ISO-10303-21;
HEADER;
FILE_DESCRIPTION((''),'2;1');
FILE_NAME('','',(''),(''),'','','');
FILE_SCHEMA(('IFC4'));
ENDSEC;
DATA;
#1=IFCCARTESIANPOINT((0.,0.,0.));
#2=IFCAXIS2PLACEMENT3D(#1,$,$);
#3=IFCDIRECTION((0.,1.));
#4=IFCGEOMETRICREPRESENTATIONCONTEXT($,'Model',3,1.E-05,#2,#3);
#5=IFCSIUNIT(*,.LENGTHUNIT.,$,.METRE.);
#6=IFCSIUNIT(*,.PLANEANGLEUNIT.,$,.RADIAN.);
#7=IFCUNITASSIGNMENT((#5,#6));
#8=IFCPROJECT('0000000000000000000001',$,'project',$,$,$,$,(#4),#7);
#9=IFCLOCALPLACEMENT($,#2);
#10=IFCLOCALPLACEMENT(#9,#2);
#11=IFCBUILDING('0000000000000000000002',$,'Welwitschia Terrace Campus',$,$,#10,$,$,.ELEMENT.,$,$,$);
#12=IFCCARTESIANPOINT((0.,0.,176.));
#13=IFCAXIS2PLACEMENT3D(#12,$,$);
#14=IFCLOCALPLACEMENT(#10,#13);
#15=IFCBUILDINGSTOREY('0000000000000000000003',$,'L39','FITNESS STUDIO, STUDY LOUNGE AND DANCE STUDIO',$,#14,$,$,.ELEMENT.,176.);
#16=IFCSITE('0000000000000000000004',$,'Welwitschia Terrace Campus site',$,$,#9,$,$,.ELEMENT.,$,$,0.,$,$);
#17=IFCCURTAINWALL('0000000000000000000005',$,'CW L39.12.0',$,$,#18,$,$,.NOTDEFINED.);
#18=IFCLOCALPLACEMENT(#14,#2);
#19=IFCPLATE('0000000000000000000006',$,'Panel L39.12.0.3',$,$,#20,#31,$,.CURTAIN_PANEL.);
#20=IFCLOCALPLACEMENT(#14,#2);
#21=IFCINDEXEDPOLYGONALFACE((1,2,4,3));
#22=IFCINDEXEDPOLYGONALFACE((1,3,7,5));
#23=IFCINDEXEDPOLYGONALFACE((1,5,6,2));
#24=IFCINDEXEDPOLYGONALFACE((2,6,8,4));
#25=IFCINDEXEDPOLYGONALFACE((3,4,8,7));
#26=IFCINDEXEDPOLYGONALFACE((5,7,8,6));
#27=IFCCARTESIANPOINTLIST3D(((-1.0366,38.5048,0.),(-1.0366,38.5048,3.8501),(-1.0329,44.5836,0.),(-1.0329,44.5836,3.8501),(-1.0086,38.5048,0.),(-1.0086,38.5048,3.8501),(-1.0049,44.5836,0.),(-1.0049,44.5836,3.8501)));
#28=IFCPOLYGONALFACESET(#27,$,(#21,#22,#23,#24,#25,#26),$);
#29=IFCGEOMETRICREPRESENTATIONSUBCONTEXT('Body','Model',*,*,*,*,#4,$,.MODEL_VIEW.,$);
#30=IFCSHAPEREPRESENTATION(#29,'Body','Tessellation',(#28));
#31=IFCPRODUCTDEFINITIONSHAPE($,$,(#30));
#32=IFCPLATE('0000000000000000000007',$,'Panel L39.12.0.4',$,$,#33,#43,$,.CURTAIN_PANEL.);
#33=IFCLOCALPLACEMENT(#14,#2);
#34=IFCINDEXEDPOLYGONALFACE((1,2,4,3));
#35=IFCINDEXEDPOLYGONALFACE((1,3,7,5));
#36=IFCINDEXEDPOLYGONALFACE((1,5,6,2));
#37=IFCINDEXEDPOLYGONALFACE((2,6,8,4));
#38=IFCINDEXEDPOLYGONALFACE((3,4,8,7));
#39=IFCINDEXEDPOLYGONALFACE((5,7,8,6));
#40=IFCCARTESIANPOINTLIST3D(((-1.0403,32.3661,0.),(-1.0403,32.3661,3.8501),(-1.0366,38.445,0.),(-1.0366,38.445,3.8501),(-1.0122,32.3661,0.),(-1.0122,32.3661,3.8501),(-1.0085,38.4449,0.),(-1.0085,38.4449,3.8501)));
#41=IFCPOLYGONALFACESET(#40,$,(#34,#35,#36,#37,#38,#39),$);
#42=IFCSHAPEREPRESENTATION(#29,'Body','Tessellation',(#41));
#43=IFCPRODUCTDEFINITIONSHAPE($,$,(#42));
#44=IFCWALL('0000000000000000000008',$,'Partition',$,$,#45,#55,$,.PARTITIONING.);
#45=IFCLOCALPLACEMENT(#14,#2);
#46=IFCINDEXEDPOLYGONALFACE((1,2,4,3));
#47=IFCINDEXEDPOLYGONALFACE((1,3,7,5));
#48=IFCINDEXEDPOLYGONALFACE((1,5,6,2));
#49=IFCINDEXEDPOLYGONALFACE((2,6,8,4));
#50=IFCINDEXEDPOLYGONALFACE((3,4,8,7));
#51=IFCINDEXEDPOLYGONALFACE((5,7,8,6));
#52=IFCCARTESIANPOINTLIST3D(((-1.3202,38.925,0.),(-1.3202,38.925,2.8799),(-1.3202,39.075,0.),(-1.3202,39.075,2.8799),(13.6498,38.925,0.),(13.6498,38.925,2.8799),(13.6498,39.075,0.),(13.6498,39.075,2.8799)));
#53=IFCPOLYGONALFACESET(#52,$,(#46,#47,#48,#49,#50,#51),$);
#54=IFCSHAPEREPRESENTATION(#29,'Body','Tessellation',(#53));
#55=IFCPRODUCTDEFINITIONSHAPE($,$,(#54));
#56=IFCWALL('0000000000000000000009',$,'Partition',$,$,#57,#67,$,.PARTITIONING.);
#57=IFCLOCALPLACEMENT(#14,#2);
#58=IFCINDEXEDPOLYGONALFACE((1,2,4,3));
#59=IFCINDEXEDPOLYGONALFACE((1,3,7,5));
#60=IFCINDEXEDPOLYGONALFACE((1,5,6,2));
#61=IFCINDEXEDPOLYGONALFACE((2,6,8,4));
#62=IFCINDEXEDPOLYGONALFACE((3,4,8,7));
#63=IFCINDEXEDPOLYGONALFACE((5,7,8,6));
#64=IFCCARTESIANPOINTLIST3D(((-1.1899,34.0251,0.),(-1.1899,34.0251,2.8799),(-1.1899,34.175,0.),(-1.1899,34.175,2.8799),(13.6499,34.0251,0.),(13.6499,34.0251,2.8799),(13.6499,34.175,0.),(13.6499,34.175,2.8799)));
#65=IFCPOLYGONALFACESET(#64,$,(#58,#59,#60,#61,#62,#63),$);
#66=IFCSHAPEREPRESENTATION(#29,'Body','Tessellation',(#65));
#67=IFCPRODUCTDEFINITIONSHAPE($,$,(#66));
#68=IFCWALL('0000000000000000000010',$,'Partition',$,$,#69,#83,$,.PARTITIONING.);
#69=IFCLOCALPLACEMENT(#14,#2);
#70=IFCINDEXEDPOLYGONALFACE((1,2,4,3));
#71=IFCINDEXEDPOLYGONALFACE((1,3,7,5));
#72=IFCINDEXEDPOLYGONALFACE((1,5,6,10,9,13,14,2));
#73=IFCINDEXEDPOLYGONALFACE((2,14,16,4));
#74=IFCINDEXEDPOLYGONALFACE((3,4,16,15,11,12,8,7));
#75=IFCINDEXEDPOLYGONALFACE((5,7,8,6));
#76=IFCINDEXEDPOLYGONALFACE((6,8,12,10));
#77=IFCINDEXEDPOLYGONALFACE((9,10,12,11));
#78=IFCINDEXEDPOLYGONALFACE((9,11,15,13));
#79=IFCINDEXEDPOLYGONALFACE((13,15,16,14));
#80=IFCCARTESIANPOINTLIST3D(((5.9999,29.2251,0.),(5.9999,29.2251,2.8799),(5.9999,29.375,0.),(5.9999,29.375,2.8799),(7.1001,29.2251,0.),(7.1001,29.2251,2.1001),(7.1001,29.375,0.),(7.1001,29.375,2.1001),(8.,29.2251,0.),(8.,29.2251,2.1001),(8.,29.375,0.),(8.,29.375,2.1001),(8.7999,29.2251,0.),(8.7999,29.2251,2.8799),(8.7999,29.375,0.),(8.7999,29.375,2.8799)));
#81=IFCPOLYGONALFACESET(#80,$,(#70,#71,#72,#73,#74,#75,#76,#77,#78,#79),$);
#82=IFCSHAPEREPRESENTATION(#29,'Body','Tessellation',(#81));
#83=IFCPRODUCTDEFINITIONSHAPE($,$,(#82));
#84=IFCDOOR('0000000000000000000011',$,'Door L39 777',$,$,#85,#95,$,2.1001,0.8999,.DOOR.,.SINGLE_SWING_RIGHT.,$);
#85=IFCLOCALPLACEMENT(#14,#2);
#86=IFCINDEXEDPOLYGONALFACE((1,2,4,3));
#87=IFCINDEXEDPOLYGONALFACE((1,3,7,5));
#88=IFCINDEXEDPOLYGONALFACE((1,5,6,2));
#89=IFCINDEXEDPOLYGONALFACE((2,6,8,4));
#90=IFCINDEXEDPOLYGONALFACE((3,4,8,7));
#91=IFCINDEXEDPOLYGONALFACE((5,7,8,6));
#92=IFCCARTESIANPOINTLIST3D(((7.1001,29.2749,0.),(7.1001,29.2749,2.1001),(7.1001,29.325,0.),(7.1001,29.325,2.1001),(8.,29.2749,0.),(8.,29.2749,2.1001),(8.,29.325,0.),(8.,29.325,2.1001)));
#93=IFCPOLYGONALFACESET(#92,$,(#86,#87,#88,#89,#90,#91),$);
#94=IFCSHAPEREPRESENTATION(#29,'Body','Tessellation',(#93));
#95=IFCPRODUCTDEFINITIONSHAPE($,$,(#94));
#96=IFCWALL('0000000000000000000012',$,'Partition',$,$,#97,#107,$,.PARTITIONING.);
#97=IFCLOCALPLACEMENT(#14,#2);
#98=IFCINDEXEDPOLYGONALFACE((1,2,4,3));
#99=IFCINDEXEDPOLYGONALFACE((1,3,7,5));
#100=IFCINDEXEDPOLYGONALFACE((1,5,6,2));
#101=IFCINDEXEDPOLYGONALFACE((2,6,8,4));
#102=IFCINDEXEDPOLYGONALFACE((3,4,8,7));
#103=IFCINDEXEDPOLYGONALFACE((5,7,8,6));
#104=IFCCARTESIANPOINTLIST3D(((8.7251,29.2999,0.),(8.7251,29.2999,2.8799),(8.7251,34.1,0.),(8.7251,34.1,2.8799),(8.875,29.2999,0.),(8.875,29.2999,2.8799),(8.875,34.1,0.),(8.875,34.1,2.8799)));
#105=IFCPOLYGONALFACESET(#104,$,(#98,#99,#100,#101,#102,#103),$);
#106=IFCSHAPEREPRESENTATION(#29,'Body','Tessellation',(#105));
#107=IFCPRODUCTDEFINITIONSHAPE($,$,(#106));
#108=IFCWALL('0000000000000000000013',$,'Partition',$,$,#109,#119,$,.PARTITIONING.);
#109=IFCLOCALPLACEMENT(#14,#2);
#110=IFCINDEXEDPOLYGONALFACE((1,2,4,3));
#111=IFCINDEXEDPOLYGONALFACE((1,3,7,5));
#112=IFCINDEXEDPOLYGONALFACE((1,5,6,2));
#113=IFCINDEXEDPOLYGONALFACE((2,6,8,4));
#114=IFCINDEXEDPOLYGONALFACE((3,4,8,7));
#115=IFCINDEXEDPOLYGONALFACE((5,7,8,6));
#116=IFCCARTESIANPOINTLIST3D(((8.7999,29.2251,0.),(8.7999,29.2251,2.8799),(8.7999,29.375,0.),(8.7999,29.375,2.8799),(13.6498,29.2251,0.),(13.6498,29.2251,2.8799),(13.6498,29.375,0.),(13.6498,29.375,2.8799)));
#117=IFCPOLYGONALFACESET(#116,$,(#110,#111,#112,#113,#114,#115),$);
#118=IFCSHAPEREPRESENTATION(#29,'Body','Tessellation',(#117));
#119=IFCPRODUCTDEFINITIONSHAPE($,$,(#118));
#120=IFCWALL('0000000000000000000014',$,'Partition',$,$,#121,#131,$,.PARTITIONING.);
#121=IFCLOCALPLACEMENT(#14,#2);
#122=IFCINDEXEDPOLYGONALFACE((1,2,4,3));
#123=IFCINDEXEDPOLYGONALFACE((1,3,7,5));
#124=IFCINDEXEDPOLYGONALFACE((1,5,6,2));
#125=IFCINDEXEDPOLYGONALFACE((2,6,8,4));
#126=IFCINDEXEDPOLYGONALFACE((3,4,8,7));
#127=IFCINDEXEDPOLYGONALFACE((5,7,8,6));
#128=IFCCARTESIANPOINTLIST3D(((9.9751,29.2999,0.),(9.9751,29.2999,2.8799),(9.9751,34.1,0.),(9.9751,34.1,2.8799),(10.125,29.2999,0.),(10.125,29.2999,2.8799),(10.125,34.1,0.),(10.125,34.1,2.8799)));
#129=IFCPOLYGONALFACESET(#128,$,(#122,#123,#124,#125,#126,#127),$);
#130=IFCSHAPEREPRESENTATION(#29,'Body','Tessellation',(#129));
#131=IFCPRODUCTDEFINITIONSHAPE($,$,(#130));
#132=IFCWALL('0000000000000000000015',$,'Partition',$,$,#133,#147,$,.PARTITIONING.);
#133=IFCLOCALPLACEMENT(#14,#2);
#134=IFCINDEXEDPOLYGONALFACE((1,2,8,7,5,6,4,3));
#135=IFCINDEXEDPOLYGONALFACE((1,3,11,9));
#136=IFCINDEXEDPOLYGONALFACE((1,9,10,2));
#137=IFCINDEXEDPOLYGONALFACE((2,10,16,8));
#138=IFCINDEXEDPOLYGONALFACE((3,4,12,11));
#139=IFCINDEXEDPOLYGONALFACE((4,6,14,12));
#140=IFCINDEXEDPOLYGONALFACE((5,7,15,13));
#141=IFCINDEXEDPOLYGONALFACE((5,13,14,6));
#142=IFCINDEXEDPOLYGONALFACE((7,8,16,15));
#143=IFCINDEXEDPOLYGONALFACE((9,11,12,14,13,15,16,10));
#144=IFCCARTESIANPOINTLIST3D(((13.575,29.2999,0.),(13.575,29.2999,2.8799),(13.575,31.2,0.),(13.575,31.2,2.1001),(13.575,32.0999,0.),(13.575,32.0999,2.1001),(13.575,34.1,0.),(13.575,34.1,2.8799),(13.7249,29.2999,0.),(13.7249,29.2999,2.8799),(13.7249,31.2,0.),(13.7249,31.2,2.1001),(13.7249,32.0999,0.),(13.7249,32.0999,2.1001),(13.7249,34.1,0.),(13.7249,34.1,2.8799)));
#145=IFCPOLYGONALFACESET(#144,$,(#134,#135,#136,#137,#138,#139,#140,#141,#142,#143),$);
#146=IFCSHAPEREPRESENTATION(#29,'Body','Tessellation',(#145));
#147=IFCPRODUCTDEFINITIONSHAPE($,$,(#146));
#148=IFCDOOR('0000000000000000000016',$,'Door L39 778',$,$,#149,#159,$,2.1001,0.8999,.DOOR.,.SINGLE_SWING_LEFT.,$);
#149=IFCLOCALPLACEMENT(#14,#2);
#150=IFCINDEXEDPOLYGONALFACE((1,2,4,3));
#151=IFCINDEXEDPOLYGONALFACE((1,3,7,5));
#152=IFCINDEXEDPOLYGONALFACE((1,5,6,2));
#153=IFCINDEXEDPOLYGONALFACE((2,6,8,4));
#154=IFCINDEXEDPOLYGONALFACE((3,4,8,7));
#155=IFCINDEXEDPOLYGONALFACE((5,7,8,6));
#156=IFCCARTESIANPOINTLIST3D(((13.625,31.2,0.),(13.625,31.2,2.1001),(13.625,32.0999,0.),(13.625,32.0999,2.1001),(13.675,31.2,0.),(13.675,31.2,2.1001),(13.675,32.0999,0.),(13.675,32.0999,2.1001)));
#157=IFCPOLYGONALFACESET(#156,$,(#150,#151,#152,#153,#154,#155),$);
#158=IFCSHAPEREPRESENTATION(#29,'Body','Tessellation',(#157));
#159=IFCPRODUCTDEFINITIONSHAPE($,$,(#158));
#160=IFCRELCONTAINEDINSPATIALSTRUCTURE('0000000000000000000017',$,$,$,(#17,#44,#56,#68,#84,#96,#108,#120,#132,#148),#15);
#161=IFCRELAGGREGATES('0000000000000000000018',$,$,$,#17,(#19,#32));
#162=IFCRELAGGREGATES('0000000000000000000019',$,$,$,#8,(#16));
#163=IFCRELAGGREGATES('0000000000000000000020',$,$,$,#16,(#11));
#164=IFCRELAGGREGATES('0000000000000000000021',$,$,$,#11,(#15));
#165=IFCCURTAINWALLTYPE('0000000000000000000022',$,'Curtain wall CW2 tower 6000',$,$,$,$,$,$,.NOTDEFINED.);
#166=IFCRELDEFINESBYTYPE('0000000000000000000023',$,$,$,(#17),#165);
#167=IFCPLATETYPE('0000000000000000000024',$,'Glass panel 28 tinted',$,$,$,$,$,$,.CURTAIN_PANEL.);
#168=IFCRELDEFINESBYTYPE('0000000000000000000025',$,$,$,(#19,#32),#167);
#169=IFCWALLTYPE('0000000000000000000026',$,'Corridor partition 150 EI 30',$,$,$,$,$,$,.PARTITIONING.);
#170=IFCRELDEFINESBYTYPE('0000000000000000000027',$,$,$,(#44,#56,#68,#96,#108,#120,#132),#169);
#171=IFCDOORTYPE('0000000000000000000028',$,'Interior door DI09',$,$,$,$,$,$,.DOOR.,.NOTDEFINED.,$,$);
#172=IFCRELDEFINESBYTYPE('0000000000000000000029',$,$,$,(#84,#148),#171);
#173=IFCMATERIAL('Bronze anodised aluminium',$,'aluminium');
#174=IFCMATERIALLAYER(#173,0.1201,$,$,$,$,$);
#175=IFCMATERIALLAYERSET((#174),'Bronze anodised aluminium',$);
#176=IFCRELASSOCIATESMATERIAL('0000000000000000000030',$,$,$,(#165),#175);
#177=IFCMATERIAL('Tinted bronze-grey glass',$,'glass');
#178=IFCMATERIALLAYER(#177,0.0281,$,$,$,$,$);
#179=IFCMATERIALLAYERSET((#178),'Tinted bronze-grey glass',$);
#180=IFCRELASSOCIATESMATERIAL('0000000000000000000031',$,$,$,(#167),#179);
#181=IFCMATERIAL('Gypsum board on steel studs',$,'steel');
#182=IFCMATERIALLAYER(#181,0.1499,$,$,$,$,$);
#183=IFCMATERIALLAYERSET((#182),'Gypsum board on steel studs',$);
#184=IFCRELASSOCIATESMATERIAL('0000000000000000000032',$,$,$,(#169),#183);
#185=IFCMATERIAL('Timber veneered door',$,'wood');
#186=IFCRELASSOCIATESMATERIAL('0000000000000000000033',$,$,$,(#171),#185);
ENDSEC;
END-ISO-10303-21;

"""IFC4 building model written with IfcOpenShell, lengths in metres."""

from ifc_helpers import new_model, si_unit, direction, frame, frame_2d, origin, origin_2d, place, context, subcontext, project, spatial, rectangle, extrude, material, layer, layer_set, type_object, element, fill, aggregate, save


model = new_model("IFC4")

# Units and contexts
model_context = context("Model", 3, precision=1e-05, world=origin(), true_north=direction((0.0, 1.0)))
body_context = subcontext(model_context, "Body", "Model", "MODEL_VIEW")
ifc_project = project(units=[si_unit("LENGTHUNIT", "METRE"), si_unit("PLANEANGLEUNIT", "RADIAN")], contexts=[model_context])

# Site, building, storey
site_placement = place(None, origin())
site = spatial("IfcSite", under=ifc_project, at=site_placement, Name="Welwitschia Terrace Campus site", CompositionType="ELEMENT", RefElevation=0.0)
building_placement = place(site_placement, origin())
building = spatial("IfcBuilding", under=site, at=building_placement, Name="Welwitschia Terrace Campus", CompositionType="ELEMENT")
storey_placement = place(building_placement, frame((0.0, 0.0, 176.0)))
storey = spatial("IfcBuildingStorey", under=building, at=storey_placement, Name="L39", Description="FITNESS STUDIO, STUDY LOUNGE AND DANCE STUDIO", CompositionType="ELEMENT", Elevation=176.0)

# Curtain wall
ifc_material_1 = material(Name="Bronze anodised aluminium", Category="aluminium")
ifc_layer_1 = layer(ifc_material_1, 0.1201)
ifc_layer_set_1 = layer_set([ifc_layer_1], Name="Bronze anodised aluminium")
curtain_wall_type = type_object("IfcCurtainWallType", Name="Curtain wall CW2 tower 6000", PredefinedType="NOTDEFINED", material=ifc_layer_set_1)
curtain_wall_placement = place(storey_placement, origin())
curtain_wall = element("IfcCurtainWall", 1, at=curtain_wall_placement, inside=storey, type_object=curtain_wall_type, Name="CW L39.12.0", PredefinedType="NOTDEFINED")

# Plates
ifc_material_2 = material(Name="Tinted bronze-grey glass", Category="glass")
ifc_layer_2 = layer(ifc_material_2, 0.0281)
ifc_layer_set_2 = layer_set([ifc_layer_2], Name="Tinted bronze-grey glass")
plate_type = type_object("IfcPlateType", Name="Glass panel 28 tinted", PredefinedType="CURTAIN_PANEL", material=ifc_layer_set_2)
plate_1_placement = place(storey_placement, frame((-1.0208, 41.5442, 0.0), z_axis=(0.0, 0.0, 1.0), x_axis=(-0.000608, -1.0, 0.0)))
plate_1 = element("IfcPlate", 2, at=plate_1_placement, type_object=plate_type, Name="Panel L39.12.0.3", PredefinedType="CURTAIN_PANEL", context=body_context, shape_type="SweptSolid", body=[
    extrude(rectangle(XDim=6.0789, YDim=0.0281, at=origin_2d()), origin(), (0.0, 0.0, 1.0), 3.8501),
])
plate_2_placement = place(storey_placement, frame((-1.0244, 35.4055, 0.0), z_axis=(0.0, 0.0, 1.0), x_axis=(-0.000608, -1.0, 0.0)))
plate_2 = element("IfcPlate", 3, at=plate_2_placement, type_object=plate_type, Name="Panel L39.12.0.4", PredefinedType="CURTAIN_PANEL", context=body_context, shape_type="SweptSolid", body=[
    extrude(rectangle(XDim=6.0789, YDim=0.0281, at=origin_2d()), origin(), (0.0, 0.0, 1.0), 3.8501),
])
aggregate(curtain_wall, [plate_1, plate_2])

# Walls
ifc_material_3 = material(Name="Gypsum board on steel studs", Category="steel")
ifc_layer_3 = layer(ifc_material_3, 0.1499)
ifc_layer_set_3 = layer_set([ifc_layer_3], Name="Gypsum board on steel studs")
wall_type = type_object("IfcWallType", Name="Corridor partition 150 EI 30", PredefinedType="PARTITIONING", material=ifc_layer_set_3)
wall_1_placement = place(storey_placement, frame((-1.3201, 39.0, 0.0), z_axis=(0.0, 0.0, 1.0), x_axis=(1.0, 0.0, 0.0)))
element("IfcWall", 4, at=wall_1_placement, inside=storey, type_object=wall_type, Name="Partition", PredefinedType="PARTITIONING", context=body_context, shape_type="SweptSolid", body=[
    extrude(rectangle(XDim=14.97, YDim=0.1499, at=frame_2d((7.4849, 0.0))), origin(), (0.0, 0.0, 1.0), 2.8799),
])
wall_2_placement = place(storey_placement, frame((-1.1899, 34.1001, 0.0), z_axis=(0.0, 0.0, 1.0), x_axis=(1.0, 0.0, 0.0)))
element("IfcWall", 5, at=wall_2_placement, inside=storey, type_object=wall_type, Name="Partition", PredefinedType="PARTITIONING", context=body_context, shape_type="SweptSolid", body=[
    extrude(rectangle(XDim=14.8398, YDim=0.1499, at=frame_2d((7.4199, 0.0))), origin(), (0.0, 0.0, 1.0), 2.8799),
])

# Wall, opening, door
wall_3_placement = place(storey_placement, frame((6.0, 29.3, 0.0), z_axis=(0.0, 0.0, 1.0), x_axis=(1.0, 0.0, 0.0)))
wall_3 = element("IfcWall", 6, at=wall_3_placement, inside=storey, type_object=wall_type, Name="Partition", PredefinedType="PARTITIONING", context=body_context, shape_type="SweptSolid", body=[
    extrude(rectangle(XDim=2.8, YDim=0.1499, at=frame_2d((1.3999, 0.0))), origin(), (0.0, 0.0, 1.0), 2.8799),
])
opening_1_placement = place(wall_3_placement, frame((1.1001, 0.0, 0.0)))
opening_1 = element("IfcOpeningElement", 7, at=opening_1_placement, cuts=wall_3, PredefinedType="OPENING", context=body_context, shape_type="SweptSolid", body=[
    extrude(rectangle(XDim=0.8999, YDim=2.1001, at=frame_2d((0.45, 1.05))), frame((0.0, 0.085, 0.0), z_axis=(0.0, -1.0, 0.0), x_axis=(1.0, 0.0, 0.0)), (0.0, 0.0, 1.0), 0.1699),
])
ifc_material_4 = material(Name="Timber veneered door", Category="wood")
door_type_1 = type_object("IfcDoorType", Name="Interior door DI09", OperationType="NOTDEFINED", PredefinedType="DOOR", material=ifc_material_4)
door_1_placement = place(opening_1_placement, origin())
door_1 = element("IfcDoor", 8, at=door_1_placement, inside=storey, type_object=door_type_1, Name="Door L39 777", OperationType="SINGLE_SWING_RIGHT", OverallHeight=2.1001, OverallWidth=0.8999, PredefinedType="DOOR", context=body_context, shape_type="SweptSolid", body=[
    extrude(rectangle(XDim=0.8999, YDim=2.1001, at=frame_2d((0.45, 1.05))), frame((0.0, 0.0249, 0.0), z_axis=(0.0, -1.0, 0.0), x_axis=(1.0, 0.0, 0.0)), (0.0, 0.0, 1.0), 0.05),
])
fill(opening_1, door_1)

# Walls
wall_4_placement = place(storey_placement, frame((8.8, 29.3, 0.0), z_axis=(0.0, 0.0, 1.0), x_axis=(0.0, 1.0, 0.0)))
element("IfcWall", 9, at=wall_4_placement, inside=storey, type_object=wall_type, Name="Partition", PredefinedType="PARTITIONING", context=body_context, shape_type="SweptSolid", body=[
    extrude(rectangle(XDim=4.8, YDim=0.1499, at=frame_2d((2.3999, 0.0))), origin(), (0.0, 0.0, 1.0), 2.8799),
])
wall_5_placement = place(storey_placement, frame((8.8, 29.3, 0.0), z_axis=(0.0, 0.0, 1.0), x_axis=(1.0, 0.0, 0.0)))
element("IfcWall", 10, at=wall_5_placement, inside=storey, type_object=wall_type, Name="Partition", PredefinedType="PARTITIONING", context=body_context, shape_type="SweptSolid", body=[
    extrude(rectangle(XDim=4.8499, YDim=0.1499, at=frame_2d((2.4248, 0.0))), origin(), (0.0, 0.0, 1.0), 2.8799),
])
wall_6_placement = place(storey_placement, frame((10.05, 29.3, 0.0), z_axis=(0.0, 0.0, 1.0), x_axis=(0.0, 1.0, 0.0)))
element("IfcWall", 11, at=wall_6_placement, inside=storey, type_object=wall_type, Name="Partition", PredefinedType="PARTITIONING", context=body_context, shape_type="SweptSolid", body=[
    extrude(rectangle(XDim=4.8, YDim=0.1499, at=frame_2d((2.3999, 0.0))), origin(), (0.0, 0.0, 1.0), 2.8799),
])

# Wall, opening, door
wall_7_placement = place(storey_placement, frame((13.6499, 29.3, 0.0), z_axis=(0.0, 0.0, 1.0), x_axis=(0.0, 1.0, 0.0)))
wall_7 = element("IfcWall", 12, at=wall_7_placement, inside=storey, type_object=wall_type, Name="Partition", PredefinedType="PARTITIONING", context=body_context, shape_type="SweptSolid", body=[
    extrude(rectangle(XDim=4.8, YDim=0.1499, at=frame_2d((2.3999, 0.0))), origin(), (0.0, 0.0, 1.0), 2.8799),
])
opening_2_placement = place(wall_7_placement, frame((1.8999, 0.0, 0.0)))
opening_2 = element("IfcOpeningElement", 13, at=opening_2_placement, cuts=wall_7, PredefinedType="OPENING", context=body_context, shape_type="SweptSolid", body=[
    extrude(rectangle(XDim=0.8999, YDim=2.1001, at=frame_2d((0.45, 1.05))), frame((0.0, 0.085, 0.0), z_axis=(0.0, -1.0, 0.0), x_axis=(1.0, 0.0, 0.0)), (0.0, 0.0, 1.0), 0.1699),
])
door_2_placement = place(opening_2_placement, origin())
door_2 = element("IfcDoor", 14, at=door_2_placement, inside=storey, type_object=door_type_1, Name="Door L39 778", OperationType="SINGLE_SWING_LEFT", OverallHeight=2.1001, OverallWidth=0.8999, PredefinedType="DOOR", context=body_context, shape_type="SweptSolid", body=[
    extrude(rectangle(XDim=0.8999, YDim=2.1001, at=frame_2d((0.45, 1.05))), frame((0.0, 0.0249, 0.0), z_axis=(0.0, -1.0, 0.0), x_axis=(1.0, 0.0, 0.0)), (0.0, 0.0, 1.0), 0.05),
])
fill(opening_2, door_2)

save(model, "model.ifc")
